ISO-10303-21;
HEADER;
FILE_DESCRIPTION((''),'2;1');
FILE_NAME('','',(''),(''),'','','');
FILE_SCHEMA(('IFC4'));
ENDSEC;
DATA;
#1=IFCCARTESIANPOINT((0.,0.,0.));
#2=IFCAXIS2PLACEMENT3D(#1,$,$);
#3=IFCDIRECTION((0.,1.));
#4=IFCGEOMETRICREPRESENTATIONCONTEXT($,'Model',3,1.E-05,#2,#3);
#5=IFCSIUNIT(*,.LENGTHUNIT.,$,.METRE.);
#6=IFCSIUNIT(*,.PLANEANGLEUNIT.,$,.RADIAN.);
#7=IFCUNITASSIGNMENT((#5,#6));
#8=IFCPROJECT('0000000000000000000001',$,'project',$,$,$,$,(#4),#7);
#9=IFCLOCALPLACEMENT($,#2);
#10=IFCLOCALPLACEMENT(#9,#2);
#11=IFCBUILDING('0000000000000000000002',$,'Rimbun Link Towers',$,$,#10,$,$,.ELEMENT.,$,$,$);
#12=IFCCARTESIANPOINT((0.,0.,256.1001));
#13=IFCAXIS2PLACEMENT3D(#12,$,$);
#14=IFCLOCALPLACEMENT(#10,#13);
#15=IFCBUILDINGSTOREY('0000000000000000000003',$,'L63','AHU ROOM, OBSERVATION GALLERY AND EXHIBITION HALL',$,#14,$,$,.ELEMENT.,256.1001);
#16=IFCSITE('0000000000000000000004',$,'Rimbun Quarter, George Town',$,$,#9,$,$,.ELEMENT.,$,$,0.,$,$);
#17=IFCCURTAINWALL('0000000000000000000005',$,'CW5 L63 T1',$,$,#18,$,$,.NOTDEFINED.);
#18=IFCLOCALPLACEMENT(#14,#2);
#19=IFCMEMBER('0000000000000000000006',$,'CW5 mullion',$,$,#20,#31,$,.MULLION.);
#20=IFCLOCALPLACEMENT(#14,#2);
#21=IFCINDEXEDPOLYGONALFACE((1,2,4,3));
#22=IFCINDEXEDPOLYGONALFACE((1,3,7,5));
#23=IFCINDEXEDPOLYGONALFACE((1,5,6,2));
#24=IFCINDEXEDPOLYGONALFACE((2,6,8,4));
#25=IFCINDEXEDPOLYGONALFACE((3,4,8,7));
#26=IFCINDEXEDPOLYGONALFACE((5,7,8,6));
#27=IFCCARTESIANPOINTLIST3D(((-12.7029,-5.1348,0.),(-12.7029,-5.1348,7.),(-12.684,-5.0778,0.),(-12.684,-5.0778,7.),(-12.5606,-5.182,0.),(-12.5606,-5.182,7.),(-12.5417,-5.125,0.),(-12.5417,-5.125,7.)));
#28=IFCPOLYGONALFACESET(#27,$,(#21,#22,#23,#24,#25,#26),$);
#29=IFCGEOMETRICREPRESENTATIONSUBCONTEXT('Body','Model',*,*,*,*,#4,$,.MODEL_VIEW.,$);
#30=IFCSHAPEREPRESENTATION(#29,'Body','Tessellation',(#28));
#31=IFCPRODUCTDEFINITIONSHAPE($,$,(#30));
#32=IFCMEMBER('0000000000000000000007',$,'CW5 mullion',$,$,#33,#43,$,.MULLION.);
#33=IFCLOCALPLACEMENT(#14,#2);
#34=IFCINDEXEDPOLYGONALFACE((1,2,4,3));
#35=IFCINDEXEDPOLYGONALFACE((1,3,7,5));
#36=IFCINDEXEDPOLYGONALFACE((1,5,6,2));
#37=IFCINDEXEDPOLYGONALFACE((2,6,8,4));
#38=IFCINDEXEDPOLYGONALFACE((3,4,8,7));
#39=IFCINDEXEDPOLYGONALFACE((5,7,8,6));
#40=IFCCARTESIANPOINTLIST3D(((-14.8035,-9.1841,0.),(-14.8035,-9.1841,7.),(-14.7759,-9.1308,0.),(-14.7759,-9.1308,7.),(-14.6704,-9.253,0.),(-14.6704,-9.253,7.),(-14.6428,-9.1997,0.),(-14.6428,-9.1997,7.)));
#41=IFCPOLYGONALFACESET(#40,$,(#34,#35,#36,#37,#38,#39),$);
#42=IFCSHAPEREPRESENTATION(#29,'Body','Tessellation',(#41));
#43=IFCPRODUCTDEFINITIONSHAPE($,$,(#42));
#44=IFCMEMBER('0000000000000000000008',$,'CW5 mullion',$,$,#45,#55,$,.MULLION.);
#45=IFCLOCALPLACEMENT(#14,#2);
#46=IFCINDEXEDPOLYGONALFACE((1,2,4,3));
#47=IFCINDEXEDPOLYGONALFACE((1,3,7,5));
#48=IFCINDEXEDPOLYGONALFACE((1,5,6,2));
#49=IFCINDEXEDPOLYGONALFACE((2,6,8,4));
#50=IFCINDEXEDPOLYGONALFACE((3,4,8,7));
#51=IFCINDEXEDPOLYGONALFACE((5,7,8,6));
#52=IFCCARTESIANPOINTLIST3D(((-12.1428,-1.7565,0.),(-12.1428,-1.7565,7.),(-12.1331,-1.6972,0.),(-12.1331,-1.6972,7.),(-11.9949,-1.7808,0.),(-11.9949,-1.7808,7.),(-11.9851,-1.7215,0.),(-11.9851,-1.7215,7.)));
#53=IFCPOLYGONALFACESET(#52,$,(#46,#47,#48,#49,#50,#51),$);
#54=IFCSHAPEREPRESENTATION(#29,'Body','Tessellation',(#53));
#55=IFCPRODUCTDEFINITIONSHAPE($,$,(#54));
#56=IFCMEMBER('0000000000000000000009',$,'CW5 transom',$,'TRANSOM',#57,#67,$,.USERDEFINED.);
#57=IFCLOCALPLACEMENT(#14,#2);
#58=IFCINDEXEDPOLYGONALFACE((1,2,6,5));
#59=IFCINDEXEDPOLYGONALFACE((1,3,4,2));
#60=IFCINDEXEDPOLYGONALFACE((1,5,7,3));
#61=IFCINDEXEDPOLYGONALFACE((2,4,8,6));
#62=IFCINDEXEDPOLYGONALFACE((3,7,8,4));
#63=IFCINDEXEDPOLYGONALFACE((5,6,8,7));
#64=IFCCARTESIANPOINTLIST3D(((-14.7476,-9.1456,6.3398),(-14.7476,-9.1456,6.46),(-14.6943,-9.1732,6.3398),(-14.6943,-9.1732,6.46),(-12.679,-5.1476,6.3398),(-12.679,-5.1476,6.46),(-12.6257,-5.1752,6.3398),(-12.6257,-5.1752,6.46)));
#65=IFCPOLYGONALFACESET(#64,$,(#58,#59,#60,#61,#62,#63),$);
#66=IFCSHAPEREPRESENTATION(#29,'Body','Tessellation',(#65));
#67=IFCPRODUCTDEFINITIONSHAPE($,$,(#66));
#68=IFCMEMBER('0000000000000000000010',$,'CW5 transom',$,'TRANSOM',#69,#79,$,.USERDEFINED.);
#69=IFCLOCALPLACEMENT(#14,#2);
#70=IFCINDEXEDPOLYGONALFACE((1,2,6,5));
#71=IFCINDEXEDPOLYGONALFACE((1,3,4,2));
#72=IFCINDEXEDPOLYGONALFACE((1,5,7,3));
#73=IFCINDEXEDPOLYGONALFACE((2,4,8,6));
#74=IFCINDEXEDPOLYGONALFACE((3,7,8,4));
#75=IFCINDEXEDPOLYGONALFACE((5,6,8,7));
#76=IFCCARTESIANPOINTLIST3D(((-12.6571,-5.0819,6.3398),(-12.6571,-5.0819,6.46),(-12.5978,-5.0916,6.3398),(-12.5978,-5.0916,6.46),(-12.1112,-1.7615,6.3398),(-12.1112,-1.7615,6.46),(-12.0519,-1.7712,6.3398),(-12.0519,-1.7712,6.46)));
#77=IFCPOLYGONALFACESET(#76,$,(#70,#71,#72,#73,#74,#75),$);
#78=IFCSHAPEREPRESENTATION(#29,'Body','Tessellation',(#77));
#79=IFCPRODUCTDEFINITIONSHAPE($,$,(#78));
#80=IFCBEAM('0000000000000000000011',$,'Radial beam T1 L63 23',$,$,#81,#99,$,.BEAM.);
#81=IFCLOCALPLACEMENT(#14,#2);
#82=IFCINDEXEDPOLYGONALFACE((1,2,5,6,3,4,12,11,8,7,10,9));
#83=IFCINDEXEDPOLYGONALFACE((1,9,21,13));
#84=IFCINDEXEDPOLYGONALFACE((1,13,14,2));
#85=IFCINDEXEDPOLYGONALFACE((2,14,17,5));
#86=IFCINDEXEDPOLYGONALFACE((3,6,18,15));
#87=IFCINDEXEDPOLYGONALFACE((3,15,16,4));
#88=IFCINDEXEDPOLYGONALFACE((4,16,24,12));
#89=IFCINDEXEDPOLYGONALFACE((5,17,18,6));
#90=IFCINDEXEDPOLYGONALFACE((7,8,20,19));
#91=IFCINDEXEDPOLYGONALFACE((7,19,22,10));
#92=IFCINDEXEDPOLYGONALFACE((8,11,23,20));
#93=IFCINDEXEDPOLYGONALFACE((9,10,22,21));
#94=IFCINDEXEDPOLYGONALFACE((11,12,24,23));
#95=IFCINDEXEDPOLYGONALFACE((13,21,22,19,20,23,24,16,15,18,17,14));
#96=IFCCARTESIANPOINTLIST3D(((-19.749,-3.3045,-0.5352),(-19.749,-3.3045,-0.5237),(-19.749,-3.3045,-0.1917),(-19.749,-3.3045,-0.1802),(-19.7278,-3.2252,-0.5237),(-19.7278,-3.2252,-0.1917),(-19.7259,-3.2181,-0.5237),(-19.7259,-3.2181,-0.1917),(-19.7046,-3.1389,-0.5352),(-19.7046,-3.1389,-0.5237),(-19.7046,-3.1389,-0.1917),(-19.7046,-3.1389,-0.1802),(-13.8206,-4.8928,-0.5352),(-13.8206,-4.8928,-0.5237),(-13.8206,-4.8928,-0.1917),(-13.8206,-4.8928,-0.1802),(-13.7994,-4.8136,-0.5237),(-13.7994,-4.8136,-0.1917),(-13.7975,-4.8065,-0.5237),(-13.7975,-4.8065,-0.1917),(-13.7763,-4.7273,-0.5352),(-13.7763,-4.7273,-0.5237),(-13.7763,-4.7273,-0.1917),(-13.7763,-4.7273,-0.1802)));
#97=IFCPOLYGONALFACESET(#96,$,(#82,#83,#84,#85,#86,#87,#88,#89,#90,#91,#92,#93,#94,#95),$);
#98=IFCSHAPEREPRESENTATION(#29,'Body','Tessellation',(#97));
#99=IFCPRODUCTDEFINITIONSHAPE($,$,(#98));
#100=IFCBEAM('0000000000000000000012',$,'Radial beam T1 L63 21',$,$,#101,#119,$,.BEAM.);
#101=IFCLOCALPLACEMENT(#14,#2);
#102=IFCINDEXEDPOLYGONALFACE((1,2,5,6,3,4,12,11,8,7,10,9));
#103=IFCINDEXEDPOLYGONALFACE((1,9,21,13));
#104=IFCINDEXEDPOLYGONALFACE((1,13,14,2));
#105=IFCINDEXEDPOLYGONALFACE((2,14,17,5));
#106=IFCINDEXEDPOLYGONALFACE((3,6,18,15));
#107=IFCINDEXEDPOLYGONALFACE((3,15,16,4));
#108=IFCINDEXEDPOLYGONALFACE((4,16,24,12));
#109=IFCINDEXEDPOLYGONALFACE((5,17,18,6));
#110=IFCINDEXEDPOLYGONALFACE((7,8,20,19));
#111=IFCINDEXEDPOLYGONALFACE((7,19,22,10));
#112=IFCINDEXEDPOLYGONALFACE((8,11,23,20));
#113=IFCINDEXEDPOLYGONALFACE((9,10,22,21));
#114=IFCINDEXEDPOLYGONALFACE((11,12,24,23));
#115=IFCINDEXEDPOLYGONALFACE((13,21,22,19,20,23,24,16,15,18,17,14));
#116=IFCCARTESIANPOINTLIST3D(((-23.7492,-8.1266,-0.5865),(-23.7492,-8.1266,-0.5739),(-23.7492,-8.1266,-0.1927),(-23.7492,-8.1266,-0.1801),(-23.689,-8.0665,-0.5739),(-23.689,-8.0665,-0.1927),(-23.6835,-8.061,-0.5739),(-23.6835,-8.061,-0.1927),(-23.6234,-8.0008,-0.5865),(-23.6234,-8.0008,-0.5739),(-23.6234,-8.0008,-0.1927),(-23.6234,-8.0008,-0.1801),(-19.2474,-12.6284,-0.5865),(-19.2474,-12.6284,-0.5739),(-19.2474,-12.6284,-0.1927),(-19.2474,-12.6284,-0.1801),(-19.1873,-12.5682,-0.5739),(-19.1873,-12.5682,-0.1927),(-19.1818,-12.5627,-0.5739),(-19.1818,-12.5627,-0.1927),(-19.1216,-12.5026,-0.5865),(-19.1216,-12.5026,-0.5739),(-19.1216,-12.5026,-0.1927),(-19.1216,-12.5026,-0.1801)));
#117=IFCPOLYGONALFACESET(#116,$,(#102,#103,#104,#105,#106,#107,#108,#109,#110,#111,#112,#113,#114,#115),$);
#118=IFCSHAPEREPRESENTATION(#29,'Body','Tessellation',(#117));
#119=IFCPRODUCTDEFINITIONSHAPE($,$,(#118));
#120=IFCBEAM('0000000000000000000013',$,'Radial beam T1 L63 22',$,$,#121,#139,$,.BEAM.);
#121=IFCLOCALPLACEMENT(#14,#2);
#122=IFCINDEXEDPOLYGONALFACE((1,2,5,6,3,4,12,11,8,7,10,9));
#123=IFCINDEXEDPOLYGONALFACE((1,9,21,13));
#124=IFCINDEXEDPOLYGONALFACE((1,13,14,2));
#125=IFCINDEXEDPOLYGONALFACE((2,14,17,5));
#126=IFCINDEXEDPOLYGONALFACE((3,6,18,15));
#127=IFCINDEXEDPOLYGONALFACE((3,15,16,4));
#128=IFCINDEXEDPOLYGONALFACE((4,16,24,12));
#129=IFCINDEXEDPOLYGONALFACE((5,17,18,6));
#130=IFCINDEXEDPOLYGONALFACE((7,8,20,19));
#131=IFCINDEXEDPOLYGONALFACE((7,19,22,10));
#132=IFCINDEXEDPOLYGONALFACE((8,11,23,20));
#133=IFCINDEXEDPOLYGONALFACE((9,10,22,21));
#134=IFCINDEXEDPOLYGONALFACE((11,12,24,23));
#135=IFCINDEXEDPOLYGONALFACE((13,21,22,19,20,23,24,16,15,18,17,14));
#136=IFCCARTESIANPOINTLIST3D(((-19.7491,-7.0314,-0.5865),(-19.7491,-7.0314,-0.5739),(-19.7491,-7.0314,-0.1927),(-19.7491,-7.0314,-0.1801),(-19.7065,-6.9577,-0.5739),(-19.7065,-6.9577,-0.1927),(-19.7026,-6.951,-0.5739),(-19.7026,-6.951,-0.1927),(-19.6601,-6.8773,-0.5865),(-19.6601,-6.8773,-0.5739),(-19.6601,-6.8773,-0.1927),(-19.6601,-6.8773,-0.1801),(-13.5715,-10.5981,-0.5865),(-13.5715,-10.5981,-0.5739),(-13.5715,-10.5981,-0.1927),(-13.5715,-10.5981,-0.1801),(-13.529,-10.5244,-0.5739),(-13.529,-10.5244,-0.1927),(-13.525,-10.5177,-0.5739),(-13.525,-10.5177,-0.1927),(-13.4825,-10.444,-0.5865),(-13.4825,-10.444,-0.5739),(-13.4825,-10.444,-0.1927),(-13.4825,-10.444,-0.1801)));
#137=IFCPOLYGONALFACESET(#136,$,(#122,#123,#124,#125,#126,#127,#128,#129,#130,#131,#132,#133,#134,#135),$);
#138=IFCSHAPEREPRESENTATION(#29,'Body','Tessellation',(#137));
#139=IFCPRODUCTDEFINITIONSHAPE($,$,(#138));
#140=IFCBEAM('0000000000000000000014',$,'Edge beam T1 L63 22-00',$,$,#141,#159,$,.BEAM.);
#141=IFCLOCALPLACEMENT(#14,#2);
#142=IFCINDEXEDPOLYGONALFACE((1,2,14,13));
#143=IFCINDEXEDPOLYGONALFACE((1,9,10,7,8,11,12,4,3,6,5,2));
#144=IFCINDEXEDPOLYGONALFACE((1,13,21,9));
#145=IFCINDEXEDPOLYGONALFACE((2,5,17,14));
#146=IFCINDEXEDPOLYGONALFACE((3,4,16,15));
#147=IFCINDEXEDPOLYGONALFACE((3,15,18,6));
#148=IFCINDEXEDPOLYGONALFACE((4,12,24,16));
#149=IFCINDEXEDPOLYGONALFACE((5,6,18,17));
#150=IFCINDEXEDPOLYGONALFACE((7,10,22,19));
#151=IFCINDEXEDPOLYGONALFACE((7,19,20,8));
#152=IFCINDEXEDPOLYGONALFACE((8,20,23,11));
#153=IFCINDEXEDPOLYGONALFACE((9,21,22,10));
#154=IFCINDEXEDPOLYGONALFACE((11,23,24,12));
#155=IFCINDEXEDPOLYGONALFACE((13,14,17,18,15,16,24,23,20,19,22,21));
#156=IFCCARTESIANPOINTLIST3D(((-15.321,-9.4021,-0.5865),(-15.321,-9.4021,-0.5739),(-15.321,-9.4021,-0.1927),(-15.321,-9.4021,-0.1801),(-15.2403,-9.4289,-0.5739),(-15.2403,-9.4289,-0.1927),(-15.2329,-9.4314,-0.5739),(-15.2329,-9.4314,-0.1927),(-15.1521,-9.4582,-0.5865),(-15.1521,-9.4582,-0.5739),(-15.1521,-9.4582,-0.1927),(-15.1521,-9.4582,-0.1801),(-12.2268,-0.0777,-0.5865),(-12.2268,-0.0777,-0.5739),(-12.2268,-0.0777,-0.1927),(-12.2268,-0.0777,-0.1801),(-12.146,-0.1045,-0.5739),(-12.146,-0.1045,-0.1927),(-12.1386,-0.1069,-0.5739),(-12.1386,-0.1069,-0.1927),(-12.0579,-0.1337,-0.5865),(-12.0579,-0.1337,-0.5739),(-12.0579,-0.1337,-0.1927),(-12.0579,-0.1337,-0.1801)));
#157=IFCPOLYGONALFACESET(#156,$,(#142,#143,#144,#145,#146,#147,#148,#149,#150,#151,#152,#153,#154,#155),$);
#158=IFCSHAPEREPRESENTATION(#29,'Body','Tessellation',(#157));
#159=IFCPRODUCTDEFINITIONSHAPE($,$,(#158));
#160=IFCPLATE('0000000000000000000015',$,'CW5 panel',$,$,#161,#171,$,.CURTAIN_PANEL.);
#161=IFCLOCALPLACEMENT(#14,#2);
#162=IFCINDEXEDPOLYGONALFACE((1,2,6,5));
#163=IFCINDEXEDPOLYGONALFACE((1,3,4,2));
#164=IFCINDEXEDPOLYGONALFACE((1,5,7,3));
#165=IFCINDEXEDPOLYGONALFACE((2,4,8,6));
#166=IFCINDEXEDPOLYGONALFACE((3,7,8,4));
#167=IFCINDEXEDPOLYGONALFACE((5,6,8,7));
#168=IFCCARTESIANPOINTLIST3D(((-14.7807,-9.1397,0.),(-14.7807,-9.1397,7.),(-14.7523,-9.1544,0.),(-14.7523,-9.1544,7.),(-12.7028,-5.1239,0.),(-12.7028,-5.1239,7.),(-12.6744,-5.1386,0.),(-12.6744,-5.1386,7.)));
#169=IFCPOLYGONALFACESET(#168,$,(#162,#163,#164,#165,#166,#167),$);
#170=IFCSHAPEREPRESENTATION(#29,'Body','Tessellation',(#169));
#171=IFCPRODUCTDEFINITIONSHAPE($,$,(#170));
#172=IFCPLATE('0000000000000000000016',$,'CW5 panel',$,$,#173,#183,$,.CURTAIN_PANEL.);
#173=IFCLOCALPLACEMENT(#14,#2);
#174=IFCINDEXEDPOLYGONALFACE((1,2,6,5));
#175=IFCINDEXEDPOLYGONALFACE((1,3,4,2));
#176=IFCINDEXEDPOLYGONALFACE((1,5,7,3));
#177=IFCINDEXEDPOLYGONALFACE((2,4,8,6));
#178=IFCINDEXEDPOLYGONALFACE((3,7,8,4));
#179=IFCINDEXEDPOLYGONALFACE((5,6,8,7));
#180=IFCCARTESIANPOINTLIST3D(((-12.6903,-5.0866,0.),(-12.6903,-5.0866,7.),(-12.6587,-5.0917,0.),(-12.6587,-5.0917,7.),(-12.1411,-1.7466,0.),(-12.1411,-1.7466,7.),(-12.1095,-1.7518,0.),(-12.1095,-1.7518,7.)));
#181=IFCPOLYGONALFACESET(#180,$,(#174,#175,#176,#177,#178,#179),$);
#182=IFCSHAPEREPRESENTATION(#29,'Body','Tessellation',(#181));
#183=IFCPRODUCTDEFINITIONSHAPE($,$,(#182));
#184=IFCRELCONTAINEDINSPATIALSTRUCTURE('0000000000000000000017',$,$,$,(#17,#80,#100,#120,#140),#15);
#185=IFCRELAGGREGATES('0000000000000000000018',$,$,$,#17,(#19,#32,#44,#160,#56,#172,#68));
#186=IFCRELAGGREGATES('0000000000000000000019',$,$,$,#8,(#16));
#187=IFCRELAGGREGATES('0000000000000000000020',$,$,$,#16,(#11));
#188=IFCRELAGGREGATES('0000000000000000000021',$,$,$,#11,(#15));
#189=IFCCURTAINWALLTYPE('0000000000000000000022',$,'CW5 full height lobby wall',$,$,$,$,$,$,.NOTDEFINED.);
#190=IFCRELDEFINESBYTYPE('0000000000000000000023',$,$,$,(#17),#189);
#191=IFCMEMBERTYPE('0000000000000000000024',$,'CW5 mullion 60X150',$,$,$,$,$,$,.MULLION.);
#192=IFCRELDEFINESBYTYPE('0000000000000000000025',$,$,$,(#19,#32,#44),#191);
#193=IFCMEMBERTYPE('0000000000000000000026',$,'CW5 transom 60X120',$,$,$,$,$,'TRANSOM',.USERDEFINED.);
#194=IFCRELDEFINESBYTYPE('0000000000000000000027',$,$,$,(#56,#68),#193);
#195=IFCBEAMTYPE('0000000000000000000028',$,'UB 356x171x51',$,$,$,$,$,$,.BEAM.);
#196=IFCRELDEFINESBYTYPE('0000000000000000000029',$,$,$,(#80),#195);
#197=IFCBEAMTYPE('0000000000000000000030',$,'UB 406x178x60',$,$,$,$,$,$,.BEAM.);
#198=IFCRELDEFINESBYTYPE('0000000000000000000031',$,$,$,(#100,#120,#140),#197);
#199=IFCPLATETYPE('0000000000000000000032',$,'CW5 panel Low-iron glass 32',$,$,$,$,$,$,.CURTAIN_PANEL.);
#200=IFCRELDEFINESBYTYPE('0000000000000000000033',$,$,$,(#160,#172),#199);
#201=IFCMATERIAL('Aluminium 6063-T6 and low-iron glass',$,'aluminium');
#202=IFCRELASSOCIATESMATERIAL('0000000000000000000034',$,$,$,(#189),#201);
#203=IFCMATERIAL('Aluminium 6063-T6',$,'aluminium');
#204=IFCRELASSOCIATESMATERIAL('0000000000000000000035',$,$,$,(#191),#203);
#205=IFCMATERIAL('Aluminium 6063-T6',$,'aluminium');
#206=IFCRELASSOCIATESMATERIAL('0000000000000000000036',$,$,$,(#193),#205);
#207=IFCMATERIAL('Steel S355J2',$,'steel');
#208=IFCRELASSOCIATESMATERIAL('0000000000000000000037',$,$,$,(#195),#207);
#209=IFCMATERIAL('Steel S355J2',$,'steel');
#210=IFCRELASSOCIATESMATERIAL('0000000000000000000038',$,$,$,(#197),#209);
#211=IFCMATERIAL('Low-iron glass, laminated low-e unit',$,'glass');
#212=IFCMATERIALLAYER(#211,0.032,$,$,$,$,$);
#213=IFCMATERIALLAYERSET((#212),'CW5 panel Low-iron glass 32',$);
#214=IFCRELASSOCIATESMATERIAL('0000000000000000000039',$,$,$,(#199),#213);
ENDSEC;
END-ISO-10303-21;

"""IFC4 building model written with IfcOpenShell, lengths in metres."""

from ifc_helpers import new_model, si_unit, direction, frame, origin, origin_2d, place, context, subcontext, project, spatial, rectangle, i_section, extrude, material, layer, layer_set, material_profile, profile_set, type_object, element, aggregate, save


model = new_model("IFC4")

# Units and contexts
model_context = context("Model", 3, precision=1e-05, world=origin(), true_north=direction((0.0, 1.0)))
body_context = subcontext(model_context, "Body", "Model", "MODEL_VIEW")
ifc_project = project(units=[si_unit("LENGTHUNIT", "METRE"), si_unit("PLANEANGLEUNIT", "RADIAN")], contexts=[model_context])

# Site, building, storey
site_placement = place(None, origin())
site = spatial("IfcSite", under=ifc_project, at=site_placement, Name="Rimbun Quarter, George Town", CompositionType="ELEMENT", RefElevation=0.0)
building_placement = place(site_placement, origin())
building = spatial("IfcBuilding", under=site, at=building_placement, Name="Rimbun Link Towers", CompositionType="ELEMENT")
storey_placement = place(building_placement, frame((0.0, 0.0, 256.1001)))
storey = spatial("IfcBuildingStorey", under=building, at=storey_placement, Name="L63", Description="AHU ROOM, OBSERVATION GALLERY AND EXHIBITION HALL", CompositionType="ELEMENT", Elevation=256.1001)

# Curtain wall, members
ifc_material_1 = material(Name="Aluminium 6063-T6 and low-iron glass", Category="aluminium")
curtain_wall_type = type_object("IfcCurtainWallType", Name="CW5 full height lobby wall", PredefinedType="NOTDEFINED", material=ifc_material_1)
curtain_wall_placement = place(storey_placement, origin())
curtain_wall = element("IfcCurtainWall", 1, at=curtain_wall_placement, inside=storey, type_object=curtain_wall_type, Name="CW5 L63 T1", PredefinedType="NOTDEFINED")
ifc_material_2 = material(Name="Aluminium 6063-T6", Category="aluminium")
ifc_material_profile_1 = material_profile(ifc_material_2, rectangle(XDim=0.1499, YDim=0.0601, at=origin_2d()), Name="MULLION 60X150")
ifc_profile_set_1 = profile_set([ifc_material_profile_1], Name="Aluminium 6063-T6")
member_type_1 = type_object("IfcMemberType", Name="CW5 mullion 60X150", PredefinedType="MULLION", material=ifc_profile_set_1)
member_1_placement = place(storey_placement, frame((-12.6223, -5.1299, 0.0), z_axis=(0.0, 0.0, 1.0), x_axis=(0.949163, -0.314784, 0.0)))
member_1 = element("IfcMember", 2, at=member_1_placement, type_object=member_type_1, Name="CW5 mullion", PredefinedType="MULLION", context=body_context, shape_type="SweptSolid", body=[
    extrude(rectangle(XDim=0.1499, YDim=0.0601, at=origin_2d()), origin(), (0.0, 0.0, 1.0), 7.0),
])
member_2_placement = place(storey_placement, frame((-14.7231, -9.1919, 0.0), z_axis=(0.0, 0.0, 1.0), x_axis=(0.888152, -0.459551, 0.0)))
member_2 = element("IfcMember", 3, at=member_2_placement, type_object=member_type_1, Name="CW5 mullion", PredefinedType="MULLION", context=body_context, shape_type="SweptSolid", body=[
    extrude(rectangle(XDim=0.1499, YDim=0.0601, at=origin_2d()), origin(), (0.0, 0.0, 1.0), 7.0),
])
member_3_placement = place(storey_placement, frame((-12.064, -1.739, 0.0), z_axis=(0.0, 0.0, 1.0), x_axis=(0.98675, -0.162249, 0.0)))
member_3 = element("IfcMember", 4, at=member_3_placement, type_object=member_type_1, Name="CW5 mullion", PredefinedType="MULLION", context=body_context, shape_type="SweptSolid", body=[
    extrude(rectangle(XDim=0.1499, YDim=0.0601, at=origin_2d()), origin(), (0.0, 0.0, 1.0), 7.0),
])
ifc_material_3 = material(Name="Aluminium 6063-T6", Category="aluminium")
ifc_material_profile_2 = material_profile(ifc_material_3, rectangle(XDim=0.0601, YDim=0.1201, at=origin_2d()), Name="TRANSOM 60X120")
ifc_profile_set_2 = profile_set([ifc_material_profile_2], Name="Aluminium 6063-T6")
member_type_2 = type_object("IfcMemberType", Name="CW5 transom 60X120", ElementType="TRANSOM", PredefinedType="USERDEFINED", material=ifc_profile_set_2)
member_4_placement = place(storey_placement, frame((-12.6523, -5.1614, 6.3999), z_axis=(-0.459537, -0.888159, 0.0), x_axis=(0.888159, -0.459537, 0.0)))
member_4 = element("IfcMember", 5, at=member_4_placement, type_object=member_type_2, Name="CW5 transom", ObjectType="TRANSOM", PredefinedType="USERDEFINED", context=body_context, shape_type="SweptSolid", body=[
    extrude(rectangle(XDim=0.0601, YDim=0.1201, at=origin_2d()), origin(), (0.0, 0.0, 1.0), 4.5015),
])
member_5_placement = place(storey_placement, frame((-12.0815, -1.7664, 6.3999), z_axis=(-0.162234, -0.986752, 0.0), x_axis=(0.986752, -0.162234, 0.0)))
member_5 = element("IfcMember", 6, at=member_5_placement, type_object=member_type_2, Name="CW5 transom", ObjectType="TRANSOM", PredefinedType="USERDEFINED", context=body_context, shape_type="SweptSolid", body=[
    extrude(rectangle(XDim=0.0601, YDim=0.1201, at=origin_2d()), origin(), (0.0, 0.0, 1.0), 3.365),
])

# Beams
ifc_material_4 = material(Name="Steel S355J2", Category="steel")
ifc_material_profile_3 = material_profile(ifc_material_4, i_section(OverallWidth=0.1714, OverallDepth=0.355, WebThickness=0.0073, FlangeThickness=0.0115, at=origin_2d()), Name="UB 356x171x51")
ifc_profile_set_3 = profile_set([ifc_material_profile_3], Name="Steel S355J2")
beam_type_1 = type_object("IfcBeamType", Name="UB 356x171x51", PredefinedType="BEAM", material=ifc_profile_set_3)
beam_1_placement = place(storey_placement, frame((-19.7268, -3.2217, -0.3577), z_axis=(0.965932, -0.258796, 0.0), x_axis=(0.258796, 0.965932, 0.0)))
element("IfcBeam", 7, at=beam_1_placement, inside=storey, type_object=beam_type_1, Name="Radial beam T1 L63 23", PredefinedType="BEAM", context=body_context, shape_type="SweptSolid", body=[
    extrude(i_section(OverallWidth=0.1714, OverallDepth=0.355, WebThickness=0.0073, FlangeThickness=0.0115, at=origin_2d()), origin(), (0.0, 0.0, 1.0), 6.1375),
])
ifc_material_5 = material(Name="Steel S355J2", Category="steel")
ifc_material_profile_4 = material_profile(ifc_material_5, i_section(OverallWidth=0.178, OverallDepth=0.4065, WebThickness=0.0078, FlangeThickness=0.0127, at=origin_2d()), Name="UB 406x178x60")
ifc_profile_set_4 = profile_set([ifc_material_profile_4], Name="Steel S355J2")
beam_type_2 = type_object("IfcBeamType", Name="UB 406x178x60", PredefinedType="BEAM", material=ifc_profile_set_4)
beam_2_placement = place(storey_placement, frame((-23.6863, -8.0637, -0.3833), z_axis=(0.707107, -0.707107, 0.0), x_axis=(0.707107, 0.707107, 0.0)))
element("IfcBeam", 8, at=beam_2_placement, inside=storey, type_object=beam_type_2, Name="Radial beam T1 L63 21", PredefinedType="BEAM", context=body_context, shape_type="SweptSolid", body=[
    extrude(i_section(OverallWidth=0.178, OverallDepth=0.4065, WebThickness=0.0078, FlangeThickness=0.0127, at=origin_2d()), origin(), (0.0, 0.0, 1.0), 6.3665),
])
beam_3_placement = place(storey_placement, frame((-19.7046, -6.9543, -0.3833), z_axis=(0.866021, -0.500008, 0.0), x_axis=(0.500008, 0.866021, 0.0)))
element("IfcBeam", 9, at=beam_3_placement, inside=storey, type_object=beam_type_2, Name="Radial beam T1 L63 22", PredefinedType="BEAM", context=body_context, shape_type="SweptSolid", body=[
    extrude(i_section(OverallWidth=0.178, OverallDepth=0.4065, WebThickness=0.0078, FlangeThickness=0.0127, at=origin_2d()), origin(), (0.0, 0.0, 1.0), 7.1333),
])
beam_4_placement = place(storey_placement, frame((-15.2366, -9.4302, -0.3833), z_axis=(0.314953, 0.949107, 0.0), x_axis=(-0.949107, 0.314953, 0.0)))
element("IfcBeam", 10, at=beam_4_placement, inside=storey, type_object=beam_type_2, Name="Edge beam T1 L63 22-00", PredefinedType="BEAM", context=body_context, shape_type="SweptSolid", body=[
    extrude(i_section(OverallWidth=0.178, OverallDepth=0.4065, WebThickness=0.0078, FlangeThickness=0.0127, at=origin_2d()), origin(), (0.0, 0.0, 1.0), 9.8245),
])

# Plates
ifc_material_6 = material(Name="Low-iron glass, laminated low-e unit", Category="glass")
ifc_layer_1 = layer(ifc_material_6, 0.032)
ifc_layer_set_1 = layer_set([ifc_layer_1], Name="CW5 panel Low-iron glass 32")
plate_type = type_object("IfcPlateType", Name="CW5 panel Low-iron glass 32", PredefinedType="CURTAIN_PANEL", material=ifc_layer_set_1)
plate_1_placement = place(storey_placement, frame((-13.7275, -7.1392, 0.0), z_axis=(0.0, 0.0, 1.0), x_axis=(-0.459551, -0.888152, 0.0)))
plate_1 = element("IfcPlate", 11, at=plate_1_placement, type_object=plate_type, Name="CW5 panel", PredefinedType="CURTAIN_PANEL", context=body_context, shape_type="SweptSolid", body=[
    extrude(rectangle(XDim=4.5215, YDim=0.032, at=origin_2d()), origin(), (0.0, 0.0, 1.0), 7.0),
])
plate_2_placement = place(storey_placement, frame((-12.3999, -3.4192, 0.0), z_axis=(0.0, 0.0, 1.0), x_axis=(-0.162249, -0.98675, 0.0)))
plate_2 = element("IfcPlate", 12, at=plate_2_placement, type_object=plate_type, Name="CW5 panel", PredefinedType="CURTAIN_PANEL", context=body_context, shape_type="SweptSolid", body=[
    extrude(rectangle(XDim=3.3848, YDim=0.032, at=origin_2d()), origin(), (0.0, 0.0, 1.0), 7.0),
])
aggregate(curtain_wall, [member_1, member_2, member_3, plate_1, member_4, plate_2, member_5])

save(model, "model.ifc")
